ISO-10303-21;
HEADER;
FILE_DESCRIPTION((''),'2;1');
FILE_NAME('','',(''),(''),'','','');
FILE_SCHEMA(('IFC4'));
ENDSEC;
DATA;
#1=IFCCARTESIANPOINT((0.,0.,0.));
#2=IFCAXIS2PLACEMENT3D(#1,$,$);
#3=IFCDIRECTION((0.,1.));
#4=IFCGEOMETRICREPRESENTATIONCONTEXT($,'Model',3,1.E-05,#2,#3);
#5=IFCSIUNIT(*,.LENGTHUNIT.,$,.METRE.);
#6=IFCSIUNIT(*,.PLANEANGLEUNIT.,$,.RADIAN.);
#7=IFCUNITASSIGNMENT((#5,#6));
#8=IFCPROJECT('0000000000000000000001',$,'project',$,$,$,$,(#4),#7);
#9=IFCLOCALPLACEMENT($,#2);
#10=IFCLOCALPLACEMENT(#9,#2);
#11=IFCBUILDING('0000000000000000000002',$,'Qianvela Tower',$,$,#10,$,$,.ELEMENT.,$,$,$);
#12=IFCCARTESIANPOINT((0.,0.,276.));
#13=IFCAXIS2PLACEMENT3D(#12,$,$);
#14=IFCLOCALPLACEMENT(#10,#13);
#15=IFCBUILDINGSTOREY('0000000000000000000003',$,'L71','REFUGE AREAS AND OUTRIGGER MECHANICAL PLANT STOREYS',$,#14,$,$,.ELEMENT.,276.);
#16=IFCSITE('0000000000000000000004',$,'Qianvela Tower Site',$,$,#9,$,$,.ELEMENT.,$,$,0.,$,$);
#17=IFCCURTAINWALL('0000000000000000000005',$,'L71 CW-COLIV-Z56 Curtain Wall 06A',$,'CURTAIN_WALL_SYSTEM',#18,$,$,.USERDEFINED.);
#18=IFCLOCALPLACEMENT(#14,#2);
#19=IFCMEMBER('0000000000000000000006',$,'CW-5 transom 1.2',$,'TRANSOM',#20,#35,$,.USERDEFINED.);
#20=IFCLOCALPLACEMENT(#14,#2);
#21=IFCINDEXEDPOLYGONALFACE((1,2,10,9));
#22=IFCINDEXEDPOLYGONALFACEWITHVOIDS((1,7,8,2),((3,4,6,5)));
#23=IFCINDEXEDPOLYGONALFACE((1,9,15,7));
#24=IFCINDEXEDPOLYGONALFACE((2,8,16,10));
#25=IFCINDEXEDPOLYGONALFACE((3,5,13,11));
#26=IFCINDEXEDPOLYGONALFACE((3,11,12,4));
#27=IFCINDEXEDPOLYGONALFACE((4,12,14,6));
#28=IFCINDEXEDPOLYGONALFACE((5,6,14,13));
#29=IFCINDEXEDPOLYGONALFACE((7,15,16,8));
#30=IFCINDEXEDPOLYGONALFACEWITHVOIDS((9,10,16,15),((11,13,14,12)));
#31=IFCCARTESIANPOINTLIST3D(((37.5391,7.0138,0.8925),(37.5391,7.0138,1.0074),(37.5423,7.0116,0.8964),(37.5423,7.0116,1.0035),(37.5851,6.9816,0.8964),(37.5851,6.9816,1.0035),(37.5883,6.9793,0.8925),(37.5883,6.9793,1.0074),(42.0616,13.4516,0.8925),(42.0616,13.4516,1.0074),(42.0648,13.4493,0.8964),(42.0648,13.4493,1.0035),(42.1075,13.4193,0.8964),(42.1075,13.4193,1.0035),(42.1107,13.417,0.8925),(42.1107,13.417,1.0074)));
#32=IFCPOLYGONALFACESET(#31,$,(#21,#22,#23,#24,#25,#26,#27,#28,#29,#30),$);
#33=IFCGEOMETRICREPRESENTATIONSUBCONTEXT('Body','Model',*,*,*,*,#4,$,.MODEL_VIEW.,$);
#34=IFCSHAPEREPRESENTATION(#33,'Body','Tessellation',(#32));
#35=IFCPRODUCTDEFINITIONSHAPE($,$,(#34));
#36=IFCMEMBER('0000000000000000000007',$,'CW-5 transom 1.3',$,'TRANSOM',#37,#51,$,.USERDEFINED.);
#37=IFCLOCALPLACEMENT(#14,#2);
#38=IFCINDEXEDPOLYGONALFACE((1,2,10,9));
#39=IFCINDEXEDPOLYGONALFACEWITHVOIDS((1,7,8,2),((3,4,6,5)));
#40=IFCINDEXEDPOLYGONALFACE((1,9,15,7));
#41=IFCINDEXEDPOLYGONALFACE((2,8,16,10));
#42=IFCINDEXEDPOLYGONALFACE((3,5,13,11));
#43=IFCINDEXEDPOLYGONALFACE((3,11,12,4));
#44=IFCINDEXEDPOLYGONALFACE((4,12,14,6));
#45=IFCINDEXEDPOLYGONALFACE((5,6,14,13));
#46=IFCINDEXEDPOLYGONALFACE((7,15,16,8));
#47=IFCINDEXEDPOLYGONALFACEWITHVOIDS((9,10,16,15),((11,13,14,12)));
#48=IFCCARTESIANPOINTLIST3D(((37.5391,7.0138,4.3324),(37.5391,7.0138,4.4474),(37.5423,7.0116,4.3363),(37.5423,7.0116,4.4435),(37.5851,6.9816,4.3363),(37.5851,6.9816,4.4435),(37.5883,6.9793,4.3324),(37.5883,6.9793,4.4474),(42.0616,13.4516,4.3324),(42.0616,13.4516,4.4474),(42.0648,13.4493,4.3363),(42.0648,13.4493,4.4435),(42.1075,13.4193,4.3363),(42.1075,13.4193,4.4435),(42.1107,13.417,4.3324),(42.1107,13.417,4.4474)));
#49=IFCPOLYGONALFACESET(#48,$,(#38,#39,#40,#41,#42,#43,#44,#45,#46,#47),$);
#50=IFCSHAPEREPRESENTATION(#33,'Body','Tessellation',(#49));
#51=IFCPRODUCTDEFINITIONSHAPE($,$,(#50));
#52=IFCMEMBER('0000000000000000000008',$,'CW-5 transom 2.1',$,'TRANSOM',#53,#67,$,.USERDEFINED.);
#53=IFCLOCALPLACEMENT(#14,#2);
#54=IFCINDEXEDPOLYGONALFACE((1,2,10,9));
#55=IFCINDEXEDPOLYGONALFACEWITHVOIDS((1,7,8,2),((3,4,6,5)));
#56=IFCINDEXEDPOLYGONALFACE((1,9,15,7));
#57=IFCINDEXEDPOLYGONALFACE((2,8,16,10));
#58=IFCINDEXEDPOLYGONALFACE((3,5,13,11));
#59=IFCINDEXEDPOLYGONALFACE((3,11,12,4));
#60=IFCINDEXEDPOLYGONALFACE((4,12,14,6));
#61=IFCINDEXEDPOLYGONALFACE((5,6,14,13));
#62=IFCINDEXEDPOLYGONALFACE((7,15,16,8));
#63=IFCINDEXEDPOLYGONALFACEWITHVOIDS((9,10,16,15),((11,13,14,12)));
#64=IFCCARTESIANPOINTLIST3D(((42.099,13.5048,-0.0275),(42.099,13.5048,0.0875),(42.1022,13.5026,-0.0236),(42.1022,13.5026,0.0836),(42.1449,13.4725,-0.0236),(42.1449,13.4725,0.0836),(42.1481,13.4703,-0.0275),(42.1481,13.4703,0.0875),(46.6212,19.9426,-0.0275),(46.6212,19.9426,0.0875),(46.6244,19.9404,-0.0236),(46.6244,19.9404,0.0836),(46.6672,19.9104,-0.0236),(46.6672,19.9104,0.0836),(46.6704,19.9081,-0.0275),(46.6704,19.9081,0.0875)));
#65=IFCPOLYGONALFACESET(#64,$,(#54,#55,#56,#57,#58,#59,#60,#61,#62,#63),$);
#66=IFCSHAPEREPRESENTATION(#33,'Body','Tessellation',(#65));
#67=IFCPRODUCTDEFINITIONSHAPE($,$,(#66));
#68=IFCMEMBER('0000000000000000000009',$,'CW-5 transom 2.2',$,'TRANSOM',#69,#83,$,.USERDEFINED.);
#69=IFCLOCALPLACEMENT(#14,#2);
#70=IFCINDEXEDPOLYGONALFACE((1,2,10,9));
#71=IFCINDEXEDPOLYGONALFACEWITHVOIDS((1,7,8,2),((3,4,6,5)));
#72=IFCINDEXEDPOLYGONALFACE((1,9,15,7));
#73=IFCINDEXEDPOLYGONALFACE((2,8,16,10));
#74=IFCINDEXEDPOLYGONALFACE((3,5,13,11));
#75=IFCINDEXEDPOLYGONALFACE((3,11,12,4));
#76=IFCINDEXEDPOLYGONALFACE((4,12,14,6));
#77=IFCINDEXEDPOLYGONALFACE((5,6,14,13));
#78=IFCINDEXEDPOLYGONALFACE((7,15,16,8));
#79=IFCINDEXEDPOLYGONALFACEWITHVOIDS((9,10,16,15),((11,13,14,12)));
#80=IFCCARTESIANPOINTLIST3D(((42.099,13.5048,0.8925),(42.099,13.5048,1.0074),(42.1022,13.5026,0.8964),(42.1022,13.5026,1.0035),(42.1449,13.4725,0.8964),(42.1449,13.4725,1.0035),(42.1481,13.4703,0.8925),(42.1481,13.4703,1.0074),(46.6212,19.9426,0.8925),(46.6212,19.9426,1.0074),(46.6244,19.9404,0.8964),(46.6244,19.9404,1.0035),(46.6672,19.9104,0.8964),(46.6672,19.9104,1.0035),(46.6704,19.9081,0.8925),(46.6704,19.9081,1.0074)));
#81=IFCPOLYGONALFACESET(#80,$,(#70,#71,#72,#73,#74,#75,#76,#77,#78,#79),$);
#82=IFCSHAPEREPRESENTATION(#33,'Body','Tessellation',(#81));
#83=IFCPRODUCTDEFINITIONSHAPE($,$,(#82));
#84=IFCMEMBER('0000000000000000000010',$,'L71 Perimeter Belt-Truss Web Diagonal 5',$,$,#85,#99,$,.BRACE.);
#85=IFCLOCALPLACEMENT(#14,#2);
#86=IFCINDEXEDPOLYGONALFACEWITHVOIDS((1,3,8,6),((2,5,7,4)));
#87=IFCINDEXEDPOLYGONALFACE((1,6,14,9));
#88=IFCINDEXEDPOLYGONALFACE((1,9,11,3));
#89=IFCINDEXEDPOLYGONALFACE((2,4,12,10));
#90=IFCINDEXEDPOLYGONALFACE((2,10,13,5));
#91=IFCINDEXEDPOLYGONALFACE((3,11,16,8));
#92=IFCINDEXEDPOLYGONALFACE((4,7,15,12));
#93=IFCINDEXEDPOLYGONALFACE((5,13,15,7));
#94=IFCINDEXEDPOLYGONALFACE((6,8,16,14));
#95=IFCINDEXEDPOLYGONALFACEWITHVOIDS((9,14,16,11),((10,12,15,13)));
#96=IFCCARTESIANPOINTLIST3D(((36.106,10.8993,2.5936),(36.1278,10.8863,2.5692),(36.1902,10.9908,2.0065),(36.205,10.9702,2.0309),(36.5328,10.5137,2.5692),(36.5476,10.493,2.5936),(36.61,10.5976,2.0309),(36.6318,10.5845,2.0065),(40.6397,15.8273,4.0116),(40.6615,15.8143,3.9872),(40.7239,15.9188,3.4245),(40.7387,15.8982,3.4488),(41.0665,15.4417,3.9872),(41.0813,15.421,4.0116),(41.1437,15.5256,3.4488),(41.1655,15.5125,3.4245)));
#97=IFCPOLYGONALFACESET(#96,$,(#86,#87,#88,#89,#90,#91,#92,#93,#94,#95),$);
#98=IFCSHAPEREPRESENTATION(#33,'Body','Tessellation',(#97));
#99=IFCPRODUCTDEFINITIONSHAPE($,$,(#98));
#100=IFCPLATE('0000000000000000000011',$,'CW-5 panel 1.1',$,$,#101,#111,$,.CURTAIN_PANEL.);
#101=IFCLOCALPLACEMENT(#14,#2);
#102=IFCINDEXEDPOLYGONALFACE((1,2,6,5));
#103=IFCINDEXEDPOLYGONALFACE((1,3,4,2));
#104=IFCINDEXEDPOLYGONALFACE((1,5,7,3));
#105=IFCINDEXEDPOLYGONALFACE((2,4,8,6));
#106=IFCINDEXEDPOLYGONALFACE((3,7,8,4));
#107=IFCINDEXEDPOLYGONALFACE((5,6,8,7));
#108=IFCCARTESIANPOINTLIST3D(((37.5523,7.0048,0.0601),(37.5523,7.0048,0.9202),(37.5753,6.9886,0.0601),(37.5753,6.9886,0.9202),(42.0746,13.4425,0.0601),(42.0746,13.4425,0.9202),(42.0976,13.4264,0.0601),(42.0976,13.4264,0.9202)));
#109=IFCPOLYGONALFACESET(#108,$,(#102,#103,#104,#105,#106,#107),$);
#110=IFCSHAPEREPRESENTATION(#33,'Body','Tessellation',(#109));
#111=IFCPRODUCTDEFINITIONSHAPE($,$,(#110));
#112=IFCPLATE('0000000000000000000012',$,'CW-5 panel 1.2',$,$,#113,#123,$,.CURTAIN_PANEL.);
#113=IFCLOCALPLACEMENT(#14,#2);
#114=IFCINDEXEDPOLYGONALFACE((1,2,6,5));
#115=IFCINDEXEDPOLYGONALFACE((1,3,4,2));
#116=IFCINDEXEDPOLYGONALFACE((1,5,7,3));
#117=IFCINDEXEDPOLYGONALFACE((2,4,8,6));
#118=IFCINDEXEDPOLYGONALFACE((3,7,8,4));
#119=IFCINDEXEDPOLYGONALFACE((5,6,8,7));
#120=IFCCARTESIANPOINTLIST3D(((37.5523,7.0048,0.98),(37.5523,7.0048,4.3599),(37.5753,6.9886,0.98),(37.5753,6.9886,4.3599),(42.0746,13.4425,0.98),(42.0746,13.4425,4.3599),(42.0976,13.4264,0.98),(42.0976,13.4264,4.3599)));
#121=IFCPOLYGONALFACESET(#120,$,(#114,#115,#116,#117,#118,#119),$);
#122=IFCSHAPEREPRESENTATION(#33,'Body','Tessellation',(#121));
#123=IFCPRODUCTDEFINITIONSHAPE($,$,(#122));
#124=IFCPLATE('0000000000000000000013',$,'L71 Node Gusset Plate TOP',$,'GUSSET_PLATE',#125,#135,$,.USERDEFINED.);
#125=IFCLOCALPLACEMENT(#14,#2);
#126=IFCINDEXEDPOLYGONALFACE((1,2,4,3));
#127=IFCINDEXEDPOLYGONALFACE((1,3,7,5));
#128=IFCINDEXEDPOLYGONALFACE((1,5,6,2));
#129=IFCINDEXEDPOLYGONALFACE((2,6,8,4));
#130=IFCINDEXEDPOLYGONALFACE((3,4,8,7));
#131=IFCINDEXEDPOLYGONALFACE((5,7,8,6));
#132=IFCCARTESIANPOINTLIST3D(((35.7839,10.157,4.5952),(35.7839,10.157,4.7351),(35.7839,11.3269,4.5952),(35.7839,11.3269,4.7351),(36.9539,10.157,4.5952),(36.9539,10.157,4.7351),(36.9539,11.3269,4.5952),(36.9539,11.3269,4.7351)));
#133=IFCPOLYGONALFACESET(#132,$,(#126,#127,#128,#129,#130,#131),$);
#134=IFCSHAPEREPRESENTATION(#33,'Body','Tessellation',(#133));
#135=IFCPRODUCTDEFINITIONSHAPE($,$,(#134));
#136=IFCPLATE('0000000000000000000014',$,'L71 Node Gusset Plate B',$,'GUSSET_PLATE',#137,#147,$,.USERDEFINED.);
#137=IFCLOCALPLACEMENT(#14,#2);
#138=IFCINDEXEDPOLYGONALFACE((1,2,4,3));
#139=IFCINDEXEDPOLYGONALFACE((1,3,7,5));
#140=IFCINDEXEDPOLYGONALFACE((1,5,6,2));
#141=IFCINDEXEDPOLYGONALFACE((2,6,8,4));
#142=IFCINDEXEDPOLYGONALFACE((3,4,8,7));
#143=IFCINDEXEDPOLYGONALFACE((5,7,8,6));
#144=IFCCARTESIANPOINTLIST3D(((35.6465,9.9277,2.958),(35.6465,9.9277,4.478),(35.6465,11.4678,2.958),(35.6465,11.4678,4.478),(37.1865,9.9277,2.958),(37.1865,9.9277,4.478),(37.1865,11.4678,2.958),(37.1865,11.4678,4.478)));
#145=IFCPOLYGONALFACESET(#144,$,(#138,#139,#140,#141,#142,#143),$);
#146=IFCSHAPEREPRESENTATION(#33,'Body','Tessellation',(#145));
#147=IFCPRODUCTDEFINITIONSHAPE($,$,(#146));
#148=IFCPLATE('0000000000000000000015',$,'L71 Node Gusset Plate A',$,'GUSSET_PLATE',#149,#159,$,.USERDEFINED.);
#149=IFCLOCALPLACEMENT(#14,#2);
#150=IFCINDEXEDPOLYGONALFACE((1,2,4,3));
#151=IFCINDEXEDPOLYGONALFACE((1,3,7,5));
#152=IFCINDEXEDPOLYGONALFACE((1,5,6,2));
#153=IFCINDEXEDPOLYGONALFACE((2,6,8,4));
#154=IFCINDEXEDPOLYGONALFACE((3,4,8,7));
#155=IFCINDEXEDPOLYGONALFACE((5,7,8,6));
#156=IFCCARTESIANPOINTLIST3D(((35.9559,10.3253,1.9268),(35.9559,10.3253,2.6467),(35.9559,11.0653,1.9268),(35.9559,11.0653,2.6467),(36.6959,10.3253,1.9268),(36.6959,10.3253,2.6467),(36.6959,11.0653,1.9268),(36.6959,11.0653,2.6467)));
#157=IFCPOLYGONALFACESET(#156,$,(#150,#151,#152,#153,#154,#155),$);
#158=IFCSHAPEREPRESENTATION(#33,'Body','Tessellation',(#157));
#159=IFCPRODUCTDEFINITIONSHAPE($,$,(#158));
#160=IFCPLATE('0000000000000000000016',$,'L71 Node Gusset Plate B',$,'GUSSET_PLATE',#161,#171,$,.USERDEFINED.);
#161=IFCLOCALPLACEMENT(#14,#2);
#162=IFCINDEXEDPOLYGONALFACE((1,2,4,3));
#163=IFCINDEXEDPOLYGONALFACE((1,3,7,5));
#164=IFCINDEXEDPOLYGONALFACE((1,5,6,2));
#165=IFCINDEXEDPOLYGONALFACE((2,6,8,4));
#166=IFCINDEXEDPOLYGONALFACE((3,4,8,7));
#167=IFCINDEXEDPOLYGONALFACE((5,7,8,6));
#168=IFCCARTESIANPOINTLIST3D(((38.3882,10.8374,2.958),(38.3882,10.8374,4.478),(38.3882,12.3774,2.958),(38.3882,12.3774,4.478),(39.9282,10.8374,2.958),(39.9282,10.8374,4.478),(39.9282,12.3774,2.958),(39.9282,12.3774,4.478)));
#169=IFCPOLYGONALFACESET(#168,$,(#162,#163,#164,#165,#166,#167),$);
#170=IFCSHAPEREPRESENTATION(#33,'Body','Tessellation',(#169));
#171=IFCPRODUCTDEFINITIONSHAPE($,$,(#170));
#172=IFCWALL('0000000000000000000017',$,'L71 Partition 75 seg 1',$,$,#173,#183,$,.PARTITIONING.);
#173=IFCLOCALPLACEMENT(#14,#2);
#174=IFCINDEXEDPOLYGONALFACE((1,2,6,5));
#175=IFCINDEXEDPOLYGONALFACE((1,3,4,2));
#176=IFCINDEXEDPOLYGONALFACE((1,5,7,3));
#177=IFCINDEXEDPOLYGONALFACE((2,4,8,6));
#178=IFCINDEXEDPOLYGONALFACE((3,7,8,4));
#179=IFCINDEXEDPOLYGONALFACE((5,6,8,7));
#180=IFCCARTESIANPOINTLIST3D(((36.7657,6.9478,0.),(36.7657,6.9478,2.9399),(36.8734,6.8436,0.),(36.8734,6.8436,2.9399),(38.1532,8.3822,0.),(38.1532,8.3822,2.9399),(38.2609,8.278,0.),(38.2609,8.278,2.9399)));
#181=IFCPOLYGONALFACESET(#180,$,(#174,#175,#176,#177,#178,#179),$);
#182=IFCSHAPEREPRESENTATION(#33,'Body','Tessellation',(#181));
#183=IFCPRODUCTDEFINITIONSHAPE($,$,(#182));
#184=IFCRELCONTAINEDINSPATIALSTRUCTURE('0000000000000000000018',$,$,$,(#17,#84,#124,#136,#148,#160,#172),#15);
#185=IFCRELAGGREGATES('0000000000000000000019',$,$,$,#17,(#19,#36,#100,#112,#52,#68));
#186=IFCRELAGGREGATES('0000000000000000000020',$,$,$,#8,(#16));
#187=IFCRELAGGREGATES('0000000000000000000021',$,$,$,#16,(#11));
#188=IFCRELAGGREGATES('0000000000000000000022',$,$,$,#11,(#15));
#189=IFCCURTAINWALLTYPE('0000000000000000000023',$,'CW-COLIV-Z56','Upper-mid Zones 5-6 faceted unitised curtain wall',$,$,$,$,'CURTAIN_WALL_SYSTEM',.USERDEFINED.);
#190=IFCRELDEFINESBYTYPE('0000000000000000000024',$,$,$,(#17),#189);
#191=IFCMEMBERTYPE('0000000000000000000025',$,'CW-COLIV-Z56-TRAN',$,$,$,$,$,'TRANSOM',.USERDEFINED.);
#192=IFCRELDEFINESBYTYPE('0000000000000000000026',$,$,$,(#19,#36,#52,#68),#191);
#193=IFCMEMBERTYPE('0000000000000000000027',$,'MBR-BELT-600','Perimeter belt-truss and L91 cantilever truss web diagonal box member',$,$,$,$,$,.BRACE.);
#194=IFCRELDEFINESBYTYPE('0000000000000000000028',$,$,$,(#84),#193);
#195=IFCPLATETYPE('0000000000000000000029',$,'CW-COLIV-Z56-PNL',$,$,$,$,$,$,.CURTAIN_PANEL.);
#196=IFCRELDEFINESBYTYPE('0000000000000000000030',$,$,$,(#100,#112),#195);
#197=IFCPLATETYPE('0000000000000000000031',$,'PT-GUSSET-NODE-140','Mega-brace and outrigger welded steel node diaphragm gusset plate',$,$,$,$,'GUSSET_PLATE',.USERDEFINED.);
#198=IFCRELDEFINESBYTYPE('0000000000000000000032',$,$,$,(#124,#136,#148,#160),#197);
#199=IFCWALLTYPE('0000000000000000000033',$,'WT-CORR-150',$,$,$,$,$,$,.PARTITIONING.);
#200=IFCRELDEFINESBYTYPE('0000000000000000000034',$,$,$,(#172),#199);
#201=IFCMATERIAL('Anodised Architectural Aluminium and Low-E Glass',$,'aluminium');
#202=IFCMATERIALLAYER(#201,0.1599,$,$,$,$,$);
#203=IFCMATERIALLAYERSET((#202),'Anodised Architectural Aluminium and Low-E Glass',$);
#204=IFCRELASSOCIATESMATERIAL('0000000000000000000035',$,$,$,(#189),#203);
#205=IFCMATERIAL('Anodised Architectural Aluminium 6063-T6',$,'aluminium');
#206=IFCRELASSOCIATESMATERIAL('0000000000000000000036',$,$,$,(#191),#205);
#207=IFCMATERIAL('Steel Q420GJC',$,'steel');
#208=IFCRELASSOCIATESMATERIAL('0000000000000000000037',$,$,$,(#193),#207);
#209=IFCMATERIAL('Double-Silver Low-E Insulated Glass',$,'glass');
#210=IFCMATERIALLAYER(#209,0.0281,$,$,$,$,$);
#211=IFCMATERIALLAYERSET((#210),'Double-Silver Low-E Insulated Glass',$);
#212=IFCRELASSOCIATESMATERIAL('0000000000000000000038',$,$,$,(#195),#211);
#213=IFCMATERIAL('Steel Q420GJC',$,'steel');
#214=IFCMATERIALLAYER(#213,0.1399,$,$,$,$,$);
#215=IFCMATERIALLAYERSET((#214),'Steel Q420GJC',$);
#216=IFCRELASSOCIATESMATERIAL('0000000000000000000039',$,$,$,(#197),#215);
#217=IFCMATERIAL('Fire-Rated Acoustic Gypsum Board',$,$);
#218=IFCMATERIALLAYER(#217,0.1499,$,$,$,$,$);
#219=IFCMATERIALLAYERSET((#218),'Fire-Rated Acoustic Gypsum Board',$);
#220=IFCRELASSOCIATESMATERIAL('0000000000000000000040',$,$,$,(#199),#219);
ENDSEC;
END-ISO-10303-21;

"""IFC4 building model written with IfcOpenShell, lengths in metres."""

from ifc_helpers import new_model, si_unit, direction, frame, frame_2d, origin, origin_2d, place, context, subcontext, project, spatial, rectangle, hollow_rectangle, extrude, material, layer, layer_set, material_profile, profile_set, type_object, element, aggregate, save


model = new_model("IFC4")

# Units and contexts
model_context = context("Model", 3, precision=1e-05, world=origin(), true_north=direction((0.0, 1.0)))
body_context = subcontext(model_context, "Body", "Model", "MODEL_VIEW")
ifc_project = project(units=[si_unit("LENGTHUNIT", "METRE"), si_unit("PLANEANGLEUNIT", "RADIAN")], contexts=[model_context])

# Site, building, storey
site_placement = place(None, origin())
site = spatial("IfcSite", under=ifc_project, at=site_placement, Name="Qianvela Tower Site", CompositionType="ELEMENT", RefElevation=0.0)
building_placement = place(site_placement, origin())
building = spatial("IfcBuilding", under=site, at=building_placement, Name="Qianvela Tower", CompositionType="ELEMENT")
storey_placement = place(building_placement, frame((0.0, 0.0, 276.0)))
storey = spatial("IfcBuildingStorey", under=building, at=storey_placement, Name="L71", Description="REFUGE AREAS AND OUTRIGGER MECHANICAL PLANT STOREYS", CompositionType="ELEMENT", Elevation=276.0)

# Curtain wall, members
ifc_material_1 = material(Name="Anodised Architectural Aluminium and Low-E Glass", Category="aluminium")
ifc_layer_1 = layer(ifc_material_1, 0.1599)
ifc_layer_set_1 = layer_set([ifc_layer_1], Name="Anodised Architectural Aluminium and Low-E Glass")
curtain_wall_type = type_object("IfcCurtainWallType", Name="CW-COLIV-Z56", Description="Upper-mid Zones 5-6 faceted unitised curtain wall", ElementType="CURTAIN_WALL_SYSTEM", PredefinedType="USERDEFINED", material=ifc_layer_set_1)
curtain_wall_placement = place(storey_placement, origin())
curtain_wall = element("IfcCurtainWall", 1, at=curtain_wall_placement, inside=storey, type_object=curtain_wall_type, Name="L71 CW-COLIV-Z56 Curtain Wall 06A", ObjectType="CURTAIN_WALL_SYSTEM", PredefinedType="USERDEFINED")
ifc_material_2 = material(Name="Anodised Architectural Aluminium 6063-T6", Category="aluminium")
ifc_material_profile_1 = material_profile(ifc_material_2, hollow_rectangle(XDim=0.0601, YDim=0.115, WallThickness=0.0039, at=origin_2d()), Name="ALU-TRAN-60x115")
ifc_profile_set_1 = profile_set([ifc_material_profile_1], Name="Anodised Architectural Aluminium 6063-T6")
member_type_1 = type_object("IfcMemberType", Name="CW-COLIV-Z56-TRAN", ElementType="TRANSOM", PredefinedType="USERDEFINED", material=ifc_profile_set_1)
member_1_placement = place(storey_placement, frame((37.5637, 6.9966, 0.95), z_axis=(0.57483, 0.818273, 0.0), x_axis=(-0.818273, 0.57483, 0.0)))
member_1 = element("IfcMember", 2, at=member_1_placement, type_object=member_type_1, Name="CW-5 transom 1.2", ObjectType="TRANSOM", PredefinedType="USERDEFINED", context=body_context, shape_type="SweptSolid", body=[
    extrude(hollow_rectangle(XDim=0.0601, YDim=0.115, WallThickness=0.0039, at=origin_2d()), origin(), (0.0, 0.0, 1.0), 7.8674),
])
member_2_placement = place(storey_placement, frame((37.5637, 6.9966, 4.3899), z_axis=(0.57483, 0.818273, 0.0), x_axis=(-0.818273, 0.57483, 0.0)))
member_2 = element("IfcMember", 3, at=member_2_placement, type_object=member_type_1, Name="CW-5 transom 1.3", ObjectType="TRANSOM", PredefinedType="USERDEFINED", context=body_context, shape_type="SweptSolid", body=[
    extrude(hollow_rectangle(XDim=0.0601, YDim=0.115, WallThickness=0.0039, at=origin_2d()), origin(), (0.0, 0.0, 1.0), 7.8674),
])
member_3_placement = place(storey_placement, frame((42.1235, 13.4875, 0.03), z_axis=(0.574809, 0.818288, 0.0), x_axis=(-0.818288, 0.574809, 0.0)))
member_3 = element("IfcMember", 4, at=member_3_placement, type_object=member_type_1, Name="CW-5 transom 2.1", ObjectType="TRANSOM", PredefinedType="USERDEFINED", context=body_context, shape_type="SweptSolid", body=[
    extrude(hollow_rectangle(XDim=0.0601, YDim=0.115, WallThickness=0.0039, at=origin_2d()), origin(), (0.0, 0.0, 1.0), 7.8674),
])
member_4_placement = place(storey_placement, frame((42.1235, 13.4875, 0.95), z_axis=(0.574809, 0.818288, 0.0), x_axis=(-0.818288, 0.574809, 0.0)))
member_4 = element("IfcMember", 5, at=member_4_placement, type_object=member_type_1, Name="CW-5 transom 2.2", ObjectType="TRANSOM", PredefinedType="USERDEFINED", context=body_context, shape_type="SweptSolid", body=[
    extrude(hollow_rectangle(XDim=0.0601, YDim=0.115, WallThickness=0.0039, at=origin_2d()), origin(), (0.0, 0.0, 1.0), 7.8674),
])

# Member
ifc_material_3 = material(Name="Steel Q420GJC", Category="steel")
ifc_material_profile_2 = material_profile(ifc_material_3, hollow_rectangle(XDim=0.6001, YDim=0.6001, WallThickness=0.0249, at=origin_2d()), Name="BBOX-600x600x25")
ifc_profile_set_2 = profile_set([ifc_material_profile_2], Name="Steel Q420GJC")
member_type_2 = type_object("IfcMemberType", Name="MBR-BELT-600", Description="Perimeter belt-truss and L91 cantilever truss web diagonal box member", PredefinedType="BRACE", material=ifc_profile_set_2)
member_5_placement = place(storey_placement, frame((36.3689, 10.7419, 2.3), z_axis=(0.662365, 0.71997, 0.207163), x_axis=(-0.735935, 0.677053, 0.0)))
element("IfcMember", 6, at=member_5_placement, inside=storey, type_object=member_type_2, Name="L71 Perimeter Belt-Truss Web Diagonal 5", PredefinedType="BRACE", context=body_context, shape_type="SweptSolid", body=[
    extrude(hollow_rectangle(XDim=0.6001, YDim=0.6001, WallThickness=0.0249, at=origin_2d()), origin(), (0.0, 0.0, 1.0), 6.8447),
])

# Plates
ifc_material_4 = material(Name="Double-Silver Low-E Insulated Glass", Category="glass")
ifc_layer_2 = layer(ifc_material_4, 0.0281)
ifc_layer_set_2 = layer_set([ifc_layer_2], Name="Double-Silver Low-E Insulated Glass")
plate_type_1 = type_object("IfcPlateType", Name="CW-COLIV-Z56-PNL", PredefinedType="CURTAIN_PANEL", material=ifc_layer_set_2)
plate_1_placement = place(storey_placement, frame((39.825, 10.2156, 0.0601), z_axis=(0.0, 0.0, 1.0), x_axis=(0.574821, 0.818279, 0.0)))
plate_1 = element("IfcPlate", 7, at=plate_1_placement, type_object=plate_type_1, Name="CW-5 panel 1.1", PredefinedType="CURTAIN_PANEL", context=body_context, shape_type="SweptSolid", body=[
    extrude(rectangle(XDim=7.8674, YDim=0.0281, at=origin_2d()), origin(), (0.0, 0.0, 1.0), 0.8601),
])
plate_2_placement = place(storey_placement, frame((39.825, 10.2156, 0.98), z_axis=(0.0, 0.0, 1.0), x_axis=(0.574821, 0.818279, 0.0)))
plate_2 = element("IfcPlate", 8, at=plate_2_placement, type_object=plate_type_1, Name="CW-5 panel 1.2", PredefinedType="CURTAIN_PANEL", context=body_context, shape_type="SweptSolid", body=[
    extrude(rectangle(XDim=7.8674, YDim=0.0281, at=origin_2d()), origin(), (0.0, 0.0, 1.0), 3.3799),
])
aggregate(curtain_wall, [member_1, member_2, plate_1, plate_2, member_3, member_4])

# Plates
ifc_material_5 = material(Name="Steel Q420GJC", Category="steel")
ifc_layer_3 = layer(ifc_material_5, 0.1399)
ifc_layer_set_3 = layer_set([ifc_layer_3], Name="Steel Q420GJC")
plate_type_2 = type_object("IfcPlateType", Name="PT-GUSSET-NODE-140", Description="Mega-brace and outrigger welded steel node diaphragm gusset plate", ElementType="GUSSET_PLATE", PredefinedType="USERDEFINED", material=ifc_layer_set_3)
plate_3_placement = place(storey_placement, frame((36.3689, 10.7419, 4.5952), z_axis=(0.0, 0.0, 1.0), x_axis=(1.0, 0.0, 0.0)))
element("IfcPlate", 9, at=plate_3_placement, inside=storey, type_object=plate_type_2, Name="L71 Node Gusset Plate TOP", ObjectType="GUSSET_PLATE", PredefinedType="USERDEFINED", context=body_context, shape_type="SweptSolid", body=[
    extrude(rectangle(XDim=1.1699, YDim=1.1699, at=origin_2d()), origin(), (0.0, 0.0, 1.0), 0.1399),
])
plate_4_placement = place(storey_placement, frame((36.4165, 10.6978, 2.958), z_axis=(0.0, 0.0, 1.0), x_axis=(1.0, 0.0, 0.0)))
element("IfcPlate", 10, at=plate_4_placement, inside=storey, type_object=plate_type_2, Name="L71 Node Gusset Plate B", ObjectType="GUSSET_PLATE", PredefinedType="USERDEFINED", context=body_context, shape_type="SweptSolid", body=[
    extrude(rectangle(XDim=1.54, YDim=1.54, at=origin_2d()), origin(), (0.0, 0.0, 1.0), 1.52),
])
plate_5_placement = place(storey_placement, frame((36.3259, 10.6953, 1.9268), z_axis=(0.0, 0.0, 1.0), x_axis=(1.0, 0.0, 0.0)))
element("IfcPlate", 11, at=plate_5_placement, inside=storey, type_object=plate_type_2, Name="L71 Node Gusset Plate A", ObjectType="GUSSET_PLATE", PredefinedType="USERDEFINED", context=body_context, shape_type="SweptSolid", body=[
    extrude(rectangle(XDim=0.74, YDim=0.74, at=origin_2d()), origin(), (0.0, 0.0, 1.0), 0.72),
])
plate_6_placement = place(storey_placement, frame((39.1582, 11.6074, 2.958), z_axis=(0.0, 0.0, 1.0), x_axis=(1.0, 0.0, 0.0)))
element("IfcPlate", 12, at=plate_6_placement, inside=storey, type_object=plate_type_2, Name="L71 Node Gusset Plate B", ObjectType="GUSSET_PLATE", PredefinedType="USERDEFINED", context=body_context, shape_type="SweptSolid", body=[
    extrude(rectangle(XDim=1.54, YDim=1.54, at=origin_2d()), origin(), (0.0, 0.0, 1.0), 1.52),
])

# Wall
ifc_material_6 = material(Name="Fire-Rated Acoustic Gypsum Board")
ifc_layer_4 = layer(ifc_material_6, 0.1499)
ifc_layer_set_4 = layer_set([ifc_layer_4], Name="Fire-Rated Acoustic Gypsum Board")
wall_type = type_object("IfcWallType", Name="WT-CORR-150", PredefinedType="PARTITIONING", material=ifc_layer_set_4)
wall_placement = place(storey_placement, frame((38.207, 8.3301, 0.0), z_axis=(0.0, 0.0, 1.0), x_axis=(-0.695264, -0.718754, 0.0)))
element("IfcWall", 13, at=wall_placement, inside=storey, type_object=wall_type, Name="L71 Partition 75 seg 1", PredefinedType="PARTITIONING", context=body_context, shape_type="SweptSolid", body=[
    extrude(rectangle(XDim=1.9956, YDim=0.1499, at=frame_2d((0.9978, 0.0))), origin(), (0.0, 0.0, 1.0), 2.9399),
])

save(model, "model.ifc")
